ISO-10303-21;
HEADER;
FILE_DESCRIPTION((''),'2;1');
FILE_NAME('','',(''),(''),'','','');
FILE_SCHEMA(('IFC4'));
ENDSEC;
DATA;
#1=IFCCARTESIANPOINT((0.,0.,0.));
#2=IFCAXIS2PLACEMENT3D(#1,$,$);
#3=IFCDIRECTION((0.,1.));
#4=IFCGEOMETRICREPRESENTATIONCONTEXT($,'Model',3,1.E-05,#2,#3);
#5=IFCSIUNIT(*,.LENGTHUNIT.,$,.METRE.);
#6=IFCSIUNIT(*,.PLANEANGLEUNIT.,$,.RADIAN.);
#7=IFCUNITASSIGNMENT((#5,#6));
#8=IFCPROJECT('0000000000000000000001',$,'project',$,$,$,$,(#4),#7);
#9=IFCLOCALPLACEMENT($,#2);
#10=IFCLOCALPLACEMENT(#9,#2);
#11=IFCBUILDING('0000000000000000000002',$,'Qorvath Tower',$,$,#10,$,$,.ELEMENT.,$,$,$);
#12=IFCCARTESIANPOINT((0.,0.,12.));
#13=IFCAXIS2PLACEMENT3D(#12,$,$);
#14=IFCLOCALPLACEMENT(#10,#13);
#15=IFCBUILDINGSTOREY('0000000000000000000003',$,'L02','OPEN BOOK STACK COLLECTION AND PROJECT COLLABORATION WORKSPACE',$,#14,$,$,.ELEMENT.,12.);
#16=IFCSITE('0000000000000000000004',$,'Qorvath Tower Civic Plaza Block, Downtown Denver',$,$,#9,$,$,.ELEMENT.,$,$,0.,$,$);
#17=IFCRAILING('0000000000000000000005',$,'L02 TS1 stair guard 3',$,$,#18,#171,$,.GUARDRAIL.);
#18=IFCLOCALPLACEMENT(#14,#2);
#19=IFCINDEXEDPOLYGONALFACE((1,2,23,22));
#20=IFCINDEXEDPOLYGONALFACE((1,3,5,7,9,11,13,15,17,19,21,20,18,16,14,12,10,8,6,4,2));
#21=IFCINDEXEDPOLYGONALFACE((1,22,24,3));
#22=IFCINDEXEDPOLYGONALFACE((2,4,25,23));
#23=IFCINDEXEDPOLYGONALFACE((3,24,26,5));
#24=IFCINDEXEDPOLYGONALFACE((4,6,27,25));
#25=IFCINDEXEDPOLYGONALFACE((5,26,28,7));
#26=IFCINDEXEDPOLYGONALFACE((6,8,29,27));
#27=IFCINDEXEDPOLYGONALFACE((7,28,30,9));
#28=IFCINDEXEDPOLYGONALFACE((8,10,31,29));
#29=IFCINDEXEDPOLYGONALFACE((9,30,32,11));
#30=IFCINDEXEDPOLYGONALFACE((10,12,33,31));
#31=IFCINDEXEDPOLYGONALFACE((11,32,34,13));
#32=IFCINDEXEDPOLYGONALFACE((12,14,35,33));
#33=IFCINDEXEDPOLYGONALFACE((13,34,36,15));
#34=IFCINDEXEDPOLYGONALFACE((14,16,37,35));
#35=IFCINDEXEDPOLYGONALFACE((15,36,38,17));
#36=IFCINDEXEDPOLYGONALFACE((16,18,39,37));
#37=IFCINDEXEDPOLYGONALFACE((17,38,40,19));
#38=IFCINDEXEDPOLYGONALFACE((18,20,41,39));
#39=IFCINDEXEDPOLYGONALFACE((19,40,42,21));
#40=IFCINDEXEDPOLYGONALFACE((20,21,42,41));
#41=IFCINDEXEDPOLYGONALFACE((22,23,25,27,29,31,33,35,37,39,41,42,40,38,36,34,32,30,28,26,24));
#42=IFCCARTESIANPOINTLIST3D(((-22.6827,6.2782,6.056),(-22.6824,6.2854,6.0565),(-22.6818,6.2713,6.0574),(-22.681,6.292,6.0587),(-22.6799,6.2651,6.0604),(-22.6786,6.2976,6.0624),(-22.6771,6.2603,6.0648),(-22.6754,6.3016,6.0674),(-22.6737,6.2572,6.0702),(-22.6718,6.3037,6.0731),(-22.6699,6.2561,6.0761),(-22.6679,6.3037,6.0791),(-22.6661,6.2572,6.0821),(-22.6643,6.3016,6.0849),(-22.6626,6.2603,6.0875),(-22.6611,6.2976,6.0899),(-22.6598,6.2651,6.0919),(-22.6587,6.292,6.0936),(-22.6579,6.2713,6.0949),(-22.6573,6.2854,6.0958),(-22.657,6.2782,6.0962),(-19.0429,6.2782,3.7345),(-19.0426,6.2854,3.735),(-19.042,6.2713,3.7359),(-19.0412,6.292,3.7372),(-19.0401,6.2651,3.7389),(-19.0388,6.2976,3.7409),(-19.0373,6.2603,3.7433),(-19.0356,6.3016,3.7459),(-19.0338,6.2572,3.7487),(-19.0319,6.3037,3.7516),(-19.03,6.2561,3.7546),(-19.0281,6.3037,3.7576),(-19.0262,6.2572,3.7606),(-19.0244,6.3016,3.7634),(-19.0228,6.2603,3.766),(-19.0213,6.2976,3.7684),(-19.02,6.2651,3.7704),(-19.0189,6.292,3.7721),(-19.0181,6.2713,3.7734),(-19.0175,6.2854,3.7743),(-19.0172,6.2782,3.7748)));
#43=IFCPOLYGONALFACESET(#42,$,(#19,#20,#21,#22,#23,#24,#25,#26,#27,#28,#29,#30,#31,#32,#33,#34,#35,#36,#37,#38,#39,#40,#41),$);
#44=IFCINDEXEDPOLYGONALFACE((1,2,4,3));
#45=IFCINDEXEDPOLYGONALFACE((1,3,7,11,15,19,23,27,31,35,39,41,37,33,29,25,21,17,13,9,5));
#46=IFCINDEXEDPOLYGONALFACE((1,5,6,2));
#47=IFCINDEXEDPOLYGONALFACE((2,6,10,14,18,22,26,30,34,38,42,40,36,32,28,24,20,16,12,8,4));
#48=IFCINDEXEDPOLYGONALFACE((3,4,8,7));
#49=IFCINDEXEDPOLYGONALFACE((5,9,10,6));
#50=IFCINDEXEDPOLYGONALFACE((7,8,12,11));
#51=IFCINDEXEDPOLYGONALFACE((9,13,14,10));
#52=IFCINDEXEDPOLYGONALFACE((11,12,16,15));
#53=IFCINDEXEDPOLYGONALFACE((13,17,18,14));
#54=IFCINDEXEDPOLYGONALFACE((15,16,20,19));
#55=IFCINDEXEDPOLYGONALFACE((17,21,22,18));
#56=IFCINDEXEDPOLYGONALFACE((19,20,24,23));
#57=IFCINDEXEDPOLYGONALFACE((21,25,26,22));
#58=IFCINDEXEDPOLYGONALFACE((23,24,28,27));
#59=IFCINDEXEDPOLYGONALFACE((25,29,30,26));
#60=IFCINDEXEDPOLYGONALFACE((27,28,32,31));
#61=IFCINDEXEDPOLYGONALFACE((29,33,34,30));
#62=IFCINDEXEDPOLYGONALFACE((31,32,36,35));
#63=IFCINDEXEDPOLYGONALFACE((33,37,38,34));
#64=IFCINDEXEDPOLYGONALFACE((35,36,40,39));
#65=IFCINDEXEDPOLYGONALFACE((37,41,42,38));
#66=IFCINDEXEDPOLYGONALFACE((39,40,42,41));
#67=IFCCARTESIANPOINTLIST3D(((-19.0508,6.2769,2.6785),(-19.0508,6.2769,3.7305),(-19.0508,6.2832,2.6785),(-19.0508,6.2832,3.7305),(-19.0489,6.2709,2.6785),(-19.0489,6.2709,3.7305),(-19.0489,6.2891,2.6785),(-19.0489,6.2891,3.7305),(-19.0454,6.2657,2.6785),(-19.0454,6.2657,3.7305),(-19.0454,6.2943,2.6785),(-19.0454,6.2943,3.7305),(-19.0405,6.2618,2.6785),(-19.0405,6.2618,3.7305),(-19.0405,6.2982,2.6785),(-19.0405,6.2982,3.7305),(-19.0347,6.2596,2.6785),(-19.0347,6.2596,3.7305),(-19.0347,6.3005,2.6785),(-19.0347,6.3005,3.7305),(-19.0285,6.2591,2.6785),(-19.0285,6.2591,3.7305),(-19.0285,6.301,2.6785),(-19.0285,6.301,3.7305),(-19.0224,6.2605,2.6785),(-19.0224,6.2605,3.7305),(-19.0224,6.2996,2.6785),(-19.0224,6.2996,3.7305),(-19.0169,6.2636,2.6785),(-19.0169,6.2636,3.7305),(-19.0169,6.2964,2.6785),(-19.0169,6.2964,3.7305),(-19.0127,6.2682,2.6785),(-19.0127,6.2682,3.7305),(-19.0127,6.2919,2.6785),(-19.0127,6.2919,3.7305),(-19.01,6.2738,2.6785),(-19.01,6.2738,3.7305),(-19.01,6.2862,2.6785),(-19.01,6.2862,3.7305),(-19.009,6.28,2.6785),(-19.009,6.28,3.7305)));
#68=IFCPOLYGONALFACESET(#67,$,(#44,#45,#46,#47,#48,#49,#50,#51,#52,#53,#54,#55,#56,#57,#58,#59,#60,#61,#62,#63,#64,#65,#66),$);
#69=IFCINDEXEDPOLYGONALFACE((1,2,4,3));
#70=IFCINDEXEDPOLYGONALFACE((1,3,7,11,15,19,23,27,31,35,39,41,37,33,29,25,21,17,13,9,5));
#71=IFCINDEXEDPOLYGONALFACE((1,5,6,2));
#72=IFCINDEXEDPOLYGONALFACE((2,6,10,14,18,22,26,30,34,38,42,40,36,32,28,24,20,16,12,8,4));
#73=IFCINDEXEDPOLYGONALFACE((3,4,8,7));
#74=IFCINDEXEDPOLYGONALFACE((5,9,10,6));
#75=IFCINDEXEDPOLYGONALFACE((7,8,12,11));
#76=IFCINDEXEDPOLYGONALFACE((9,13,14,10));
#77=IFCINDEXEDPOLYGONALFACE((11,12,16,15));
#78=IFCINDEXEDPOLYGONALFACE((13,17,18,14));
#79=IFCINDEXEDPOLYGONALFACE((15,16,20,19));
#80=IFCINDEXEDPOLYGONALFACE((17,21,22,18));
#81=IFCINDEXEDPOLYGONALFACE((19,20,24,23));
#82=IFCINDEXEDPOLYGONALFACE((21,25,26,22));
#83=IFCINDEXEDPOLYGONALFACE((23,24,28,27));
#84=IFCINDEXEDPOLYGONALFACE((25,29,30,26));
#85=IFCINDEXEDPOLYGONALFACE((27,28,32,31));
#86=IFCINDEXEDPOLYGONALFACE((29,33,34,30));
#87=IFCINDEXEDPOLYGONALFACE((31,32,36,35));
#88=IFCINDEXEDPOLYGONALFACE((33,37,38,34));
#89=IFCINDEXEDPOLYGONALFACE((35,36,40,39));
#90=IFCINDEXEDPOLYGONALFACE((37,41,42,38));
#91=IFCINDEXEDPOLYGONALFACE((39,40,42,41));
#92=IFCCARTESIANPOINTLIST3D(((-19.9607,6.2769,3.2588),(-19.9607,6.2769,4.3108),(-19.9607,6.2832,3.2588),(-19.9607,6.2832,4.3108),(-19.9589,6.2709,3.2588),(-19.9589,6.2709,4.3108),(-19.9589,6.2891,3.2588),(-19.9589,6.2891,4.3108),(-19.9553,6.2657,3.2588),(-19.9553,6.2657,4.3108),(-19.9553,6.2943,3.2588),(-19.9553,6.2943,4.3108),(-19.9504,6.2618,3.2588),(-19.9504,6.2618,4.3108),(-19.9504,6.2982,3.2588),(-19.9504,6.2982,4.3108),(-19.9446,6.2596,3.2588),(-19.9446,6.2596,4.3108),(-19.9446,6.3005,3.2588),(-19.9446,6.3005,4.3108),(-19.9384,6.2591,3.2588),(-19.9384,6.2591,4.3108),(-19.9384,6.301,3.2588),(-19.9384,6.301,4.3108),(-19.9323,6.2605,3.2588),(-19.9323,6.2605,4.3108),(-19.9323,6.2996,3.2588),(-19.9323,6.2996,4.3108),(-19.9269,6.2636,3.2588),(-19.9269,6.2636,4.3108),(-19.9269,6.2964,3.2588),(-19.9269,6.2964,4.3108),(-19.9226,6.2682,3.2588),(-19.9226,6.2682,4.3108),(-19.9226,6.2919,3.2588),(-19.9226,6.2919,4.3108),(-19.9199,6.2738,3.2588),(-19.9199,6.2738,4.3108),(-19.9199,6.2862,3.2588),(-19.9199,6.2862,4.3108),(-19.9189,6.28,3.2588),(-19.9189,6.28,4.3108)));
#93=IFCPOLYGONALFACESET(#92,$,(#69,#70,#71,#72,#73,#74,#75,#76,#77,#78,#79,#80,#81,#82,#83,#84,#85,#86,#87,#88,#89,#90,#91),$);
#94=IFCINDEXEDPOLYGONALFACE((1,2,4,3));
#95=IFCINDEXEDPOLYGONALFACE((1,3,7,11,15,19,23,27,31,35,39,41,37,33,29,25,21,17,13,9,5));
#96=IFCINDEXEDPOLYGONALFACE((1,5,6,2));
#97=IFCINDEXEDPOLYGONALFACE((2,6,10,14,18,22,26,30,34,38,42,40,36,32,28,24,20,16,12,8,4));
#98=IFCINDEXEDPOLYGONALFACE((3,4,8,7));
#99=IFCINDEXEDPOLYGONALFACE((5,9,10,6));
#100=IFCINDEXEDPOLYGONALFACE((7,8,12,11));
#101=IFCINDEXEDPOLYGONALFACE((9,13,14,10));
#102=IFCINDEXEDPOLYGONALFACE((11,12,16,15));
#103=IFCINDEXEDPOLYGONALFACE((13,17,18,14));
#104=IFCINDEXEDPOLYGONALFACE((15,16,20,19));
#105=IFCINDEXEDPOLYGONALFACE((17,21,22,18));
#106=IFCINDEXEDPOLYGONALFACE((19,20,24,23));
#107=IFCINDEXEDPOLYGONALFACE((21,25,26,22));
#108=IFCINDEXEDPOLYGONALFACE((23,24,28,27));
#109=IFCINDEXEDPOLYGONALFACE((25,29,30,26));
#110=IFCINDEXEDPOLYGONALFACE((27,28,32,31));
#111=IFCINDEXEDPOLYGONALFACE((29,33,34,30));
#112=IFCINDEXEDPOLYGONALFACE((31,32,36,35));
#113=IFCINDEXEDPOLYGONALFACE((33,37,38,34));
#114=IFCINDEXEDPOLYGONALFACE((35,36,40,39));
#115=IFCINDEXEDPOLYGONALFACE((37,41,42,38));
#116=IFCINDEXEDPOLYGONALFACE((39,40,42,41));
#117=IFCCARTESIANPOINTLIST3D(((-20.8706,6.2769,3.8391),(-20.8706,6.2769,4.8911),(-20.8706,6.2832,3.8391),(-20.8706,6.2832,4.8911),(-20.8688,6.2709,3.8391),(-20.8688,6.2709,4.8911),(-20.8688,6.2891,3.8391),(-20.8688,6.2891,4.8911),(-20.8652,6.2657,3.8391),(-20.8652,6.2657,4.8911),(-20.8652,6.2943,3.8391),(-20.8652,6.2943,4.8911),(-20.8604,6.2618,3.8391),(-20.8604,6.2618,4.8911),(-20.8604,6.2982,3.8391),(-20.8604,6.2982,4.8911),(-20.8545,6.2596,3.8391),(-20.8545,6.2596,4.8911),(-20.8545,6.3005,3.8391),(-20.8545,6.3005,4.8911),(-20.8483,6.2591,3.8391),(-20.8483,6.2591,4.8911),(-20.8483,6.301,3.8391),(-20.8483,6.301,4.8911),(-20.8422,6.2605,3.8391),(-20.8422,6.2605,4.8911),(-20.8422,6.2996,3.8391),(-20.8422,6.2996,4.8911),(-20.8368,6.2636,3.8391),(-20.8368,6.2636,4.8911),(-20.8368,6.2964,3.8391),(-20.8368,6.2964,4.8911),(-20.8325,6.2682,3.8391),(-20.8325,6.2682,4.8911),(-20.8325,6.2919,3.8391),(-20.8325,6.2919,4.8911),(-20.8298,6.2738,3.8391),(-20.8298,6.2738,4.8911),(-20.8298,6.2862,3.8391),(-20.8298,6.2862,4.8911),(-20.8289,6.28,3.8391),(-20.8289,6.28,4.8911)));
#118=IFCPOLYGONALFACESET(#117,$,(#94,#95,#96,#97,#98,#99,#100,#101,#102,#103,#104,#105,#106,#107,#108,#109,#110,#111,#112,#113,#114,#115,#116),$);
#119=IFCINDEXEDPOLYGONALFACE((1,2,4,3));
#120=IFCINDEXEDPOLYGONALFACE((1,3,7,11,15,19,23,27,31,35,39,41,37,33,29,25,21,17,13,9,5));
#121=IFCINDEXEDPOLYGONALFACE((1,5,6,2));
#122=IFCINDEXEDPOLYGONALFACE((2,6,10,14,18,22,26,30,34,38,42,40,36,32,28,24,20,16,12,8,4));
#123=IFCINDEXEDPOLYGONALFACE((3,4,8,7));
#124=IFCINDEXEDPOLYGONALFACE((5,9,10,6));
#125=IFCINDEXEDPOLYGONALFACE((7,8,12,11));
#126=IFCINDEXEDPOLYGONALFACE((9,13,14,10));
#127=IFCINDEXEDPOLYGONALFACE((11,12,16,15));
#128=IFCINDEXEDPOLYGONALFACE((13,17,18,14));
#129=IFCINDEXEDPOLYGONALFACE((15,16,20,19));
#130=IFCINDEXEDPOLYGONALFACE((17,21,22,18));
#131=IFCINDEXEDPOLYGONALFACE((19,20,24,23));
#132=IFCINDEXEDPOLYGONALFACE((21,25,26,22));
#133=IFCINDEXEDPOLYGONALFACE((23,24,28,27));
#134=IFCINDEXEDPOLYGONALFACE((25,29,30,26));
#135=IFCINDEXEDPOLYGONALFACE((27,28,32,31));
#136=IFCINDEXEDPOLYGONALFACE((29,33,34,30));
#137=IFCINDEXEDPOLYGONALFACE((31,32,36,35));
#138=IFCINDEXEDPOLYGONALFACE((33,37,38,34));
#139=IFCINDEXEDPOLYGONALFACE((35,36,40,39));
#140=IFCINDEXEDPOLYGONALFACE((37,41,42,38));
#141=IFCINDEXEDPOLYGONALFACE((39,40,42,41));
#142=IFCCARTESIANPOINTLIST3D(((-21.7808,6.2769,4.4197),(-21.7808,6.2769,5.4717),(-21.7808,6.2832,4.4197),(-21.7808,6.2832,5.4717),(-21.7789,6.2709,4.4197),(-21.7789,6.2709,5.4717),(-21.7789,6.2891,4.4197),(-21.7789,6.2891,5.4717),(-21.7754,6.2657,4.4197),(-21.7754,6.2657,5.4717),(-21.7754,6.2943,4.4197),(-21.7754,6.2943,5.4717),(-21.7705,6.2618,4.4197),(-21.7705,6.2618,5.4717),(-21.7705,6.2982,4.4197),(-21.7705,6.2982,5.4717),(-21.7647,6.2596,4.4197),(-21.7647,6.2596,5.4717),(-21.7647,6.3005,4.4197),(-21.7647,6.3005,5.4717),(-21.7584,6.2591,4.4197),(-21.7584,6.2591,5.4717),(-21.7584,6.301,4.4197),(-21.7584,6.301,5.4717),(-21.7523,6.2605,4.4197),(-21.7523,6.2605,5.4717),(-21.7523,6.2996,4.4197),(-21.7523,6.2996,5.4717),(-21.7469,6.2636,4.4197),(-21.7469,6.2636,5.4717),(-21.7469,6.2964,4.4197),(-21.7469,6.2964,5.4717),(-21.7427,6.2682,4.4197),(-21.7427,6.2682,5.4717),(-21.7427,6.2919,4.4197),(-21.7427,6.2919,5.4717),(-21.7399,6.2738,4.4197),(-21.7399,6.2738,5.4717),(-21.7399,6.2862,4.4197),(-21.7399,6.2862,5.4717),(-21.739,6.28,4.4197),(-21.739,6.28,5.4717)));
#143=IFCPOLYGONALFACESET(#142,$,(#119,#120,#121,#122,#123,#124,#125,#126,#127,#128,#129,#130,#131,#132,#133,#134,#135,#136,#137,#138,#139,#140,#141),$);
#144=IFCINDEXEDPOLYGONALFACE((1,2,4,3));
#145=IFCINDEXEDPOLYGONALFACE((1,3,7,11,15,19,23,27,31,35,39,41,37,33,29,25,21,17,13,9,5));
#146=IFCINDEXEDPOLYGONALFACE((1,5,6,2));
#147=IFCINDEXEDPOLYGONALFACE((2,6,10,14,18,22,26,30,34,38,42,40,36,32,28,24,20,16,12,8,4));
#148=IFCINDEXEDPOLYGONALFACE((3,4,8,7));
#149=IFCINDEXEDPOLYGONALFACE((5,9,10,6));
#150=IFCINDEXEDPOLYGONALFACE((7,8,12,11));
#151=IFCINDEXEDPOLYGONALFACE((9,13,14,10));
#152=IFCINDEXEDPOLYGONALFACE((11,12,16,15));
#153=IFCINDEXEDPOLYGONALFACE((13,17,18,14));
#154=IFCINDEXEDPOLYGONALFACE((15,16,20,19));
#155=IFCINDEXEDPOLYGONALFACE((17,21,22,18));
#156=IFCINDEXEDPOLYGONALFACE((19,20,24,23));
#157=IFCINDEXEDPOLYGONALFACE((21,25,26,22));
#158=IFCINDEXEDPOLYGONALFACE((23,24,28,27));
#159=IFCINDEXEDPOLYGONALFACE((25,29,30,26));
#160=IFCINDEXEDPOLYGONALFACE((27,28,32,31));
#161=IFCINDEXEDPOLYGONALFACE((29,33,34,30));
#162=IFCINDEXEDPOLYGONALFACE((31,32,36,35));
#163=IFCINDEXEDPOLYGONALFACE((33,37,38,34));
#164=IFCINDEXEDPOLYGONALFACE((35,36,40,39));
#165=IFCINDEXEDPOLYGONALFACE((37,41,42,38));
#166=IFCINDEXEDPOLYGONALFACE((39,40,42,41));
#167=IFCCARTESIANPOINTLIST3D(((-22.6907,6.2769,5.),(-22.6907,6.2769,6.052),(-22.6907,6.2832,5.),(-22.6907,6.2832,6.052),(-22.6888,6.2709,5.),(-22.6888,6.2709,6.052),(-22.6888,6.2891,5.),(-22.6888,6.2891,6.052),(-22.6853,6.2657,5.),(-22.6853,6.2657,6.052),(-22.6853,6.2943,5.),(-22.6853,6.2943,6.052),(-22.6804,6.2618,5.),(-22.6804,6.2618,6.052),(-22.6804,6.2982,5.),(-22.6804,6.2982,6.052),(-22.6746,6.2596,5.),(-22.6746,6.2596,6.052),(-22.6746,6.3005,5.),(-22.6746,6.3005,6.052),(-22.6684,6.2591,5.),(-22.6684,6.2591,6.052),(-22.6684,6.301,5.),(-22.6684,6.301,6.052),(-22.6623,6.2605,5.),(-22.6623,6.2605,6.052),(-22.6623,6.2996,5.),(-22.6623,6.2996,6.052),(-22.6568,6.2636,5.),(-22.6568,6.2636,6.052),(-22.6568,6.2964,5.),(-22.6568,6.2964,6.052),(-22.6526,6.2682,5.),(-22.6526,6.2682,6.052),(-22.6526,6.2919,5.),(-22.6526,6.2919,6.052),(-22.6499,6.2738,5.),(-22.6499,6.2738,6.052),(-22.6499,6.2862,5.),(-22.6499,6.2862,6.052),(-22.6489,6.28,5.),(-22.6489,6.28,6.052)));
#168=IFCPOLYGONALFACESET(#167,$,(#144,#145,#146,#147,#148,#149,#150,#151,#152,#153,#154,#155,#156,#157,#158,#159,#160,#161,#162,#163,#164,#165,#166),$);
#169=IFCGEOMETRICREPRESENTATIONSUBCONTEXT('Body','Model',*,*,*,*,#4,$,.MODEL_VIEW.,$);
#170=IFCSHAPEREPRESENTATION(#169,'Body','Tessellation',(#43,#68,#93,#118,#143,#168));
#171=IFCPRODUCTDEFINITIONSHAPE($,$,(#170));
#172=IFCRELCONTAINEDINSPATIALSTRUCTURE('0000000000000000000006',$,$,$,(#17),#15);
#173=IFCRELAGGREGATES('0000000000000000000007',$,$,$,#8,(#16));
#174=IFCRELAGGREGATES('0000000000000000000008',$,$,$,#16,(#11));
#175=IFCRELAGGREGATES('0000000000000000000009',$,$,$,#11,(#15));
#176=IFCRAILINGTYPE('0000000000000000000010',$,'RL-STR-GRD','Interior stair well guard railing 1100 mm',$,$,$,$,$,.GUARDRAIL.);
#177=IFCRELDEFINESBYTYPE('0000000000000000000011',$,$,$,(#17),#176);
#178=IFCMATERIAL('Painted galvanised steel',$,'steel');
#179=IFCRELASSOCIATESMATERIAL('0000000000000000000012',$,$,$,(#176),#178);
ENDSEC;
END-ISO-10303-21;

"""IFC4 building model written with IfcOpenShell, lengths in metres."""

from ifc_helpers import new_model, si_unit, direction, frame, origin, origin_2d, place, context, subcontext, project, spatial, circle, extrude, material, type_object, element, save


model = new_model("IFC4")

# Units and contexts
model_context = context("Model", 3, precision=1e-05, world=origin(), true_north=direction((0.0, 1.0)))
body_context = subcontext(model_context, "Body", "Model", "MODEL_VIEW")
ifc_project = project(units=[si_unit("LENGTHUNIT", "METRE"), si_unit("PLANEANGLEUNIT", "RADIAN")], contexts=[model_context])

# Site, building, storey
site_placement = place(None, origin())
site = spatial("IfcSite", under=ifc_project, at=site_placement, Name="Qorvath Tower Civic Plaza Block, Downtown Denver", CompositionType="ELEMENT", RefElevation=0.0)
building_placement = place(site_placement, origin())
building = spatial("IfcBuilding", under=site, at=building_placement, Name="Qorvath Tower", CompositionType="ELEMENT")
storey_placement = place(building_placement, frame((0.0, 0.0, 12.0)))
storey = spatial("IfcBuildingStorey", under=building, at=storey_placement, Name="L02", Description="OPEN BOOK STACK COLLECTION AND PROJECT COLLABORATION WORKSPACE", CompositionType="ELEMENT", Elevation=12.0)

# Railing
ifc_material_1 = material(Name="Painted galvanised steel", Category="steel")
railing_type_1 = type_object("IfcRailingType", Name="RL-STR-GRD", Description="Interior stair well guard railing 1100 mm", PredefinedType="GUARDRAIL", material=ifc_material_1)
railing_1_placement = place(storey_placement, frame((-19.03, 6.28, 2.6785)))
element("IfcRailing", 1, at=railing_1_placement, inside=storey, type_object=railing_type_1, Name="L02 TS1 stair guard 3", PredefinedType="GUARDRAIL", context=body_context, shape_type="SweptSolid", body=[
    extrude(circle(Radius=0.0239, at=origin_2d()), frame((0.0, 0.0, 1.0762), z_axis=(-0.843112, 0.0, 0.537739), x_axis=(0.0, -1.0, 0.0)), (0.0, 0.0, 1.0), 4.3171),
    extrude(circle(Radius=0.021, at=origin_2d()), origin(), (0.0, 0.0, 1.0), 1.052),
    extrude(circle(Radius=0.021, at=origin_2d()), frame((-0.9099, 0.0, 0.5803)), (0.0, 0.0, 1.0), 1.052),
    extrude(circle(Radius=0.021, at=origin_2d()), frame((-1.8198, 0.0, 1.1606)), (0.0, 0.0, 1.0), 1.052),
    extrude(circle(Radius=0.021, at=origin_2d()), frame((-2.73, 0.0, 1.7412)), (0.0, 0.0, 1.0), 1.052),
    extrude(circle(Radius=0.021, at=origin_2d()), frame((-3.6399, 0.0, 2.3215)), (0.0, 0.0, 1.0), 1.052),
])

save(model, "model.ifc")
